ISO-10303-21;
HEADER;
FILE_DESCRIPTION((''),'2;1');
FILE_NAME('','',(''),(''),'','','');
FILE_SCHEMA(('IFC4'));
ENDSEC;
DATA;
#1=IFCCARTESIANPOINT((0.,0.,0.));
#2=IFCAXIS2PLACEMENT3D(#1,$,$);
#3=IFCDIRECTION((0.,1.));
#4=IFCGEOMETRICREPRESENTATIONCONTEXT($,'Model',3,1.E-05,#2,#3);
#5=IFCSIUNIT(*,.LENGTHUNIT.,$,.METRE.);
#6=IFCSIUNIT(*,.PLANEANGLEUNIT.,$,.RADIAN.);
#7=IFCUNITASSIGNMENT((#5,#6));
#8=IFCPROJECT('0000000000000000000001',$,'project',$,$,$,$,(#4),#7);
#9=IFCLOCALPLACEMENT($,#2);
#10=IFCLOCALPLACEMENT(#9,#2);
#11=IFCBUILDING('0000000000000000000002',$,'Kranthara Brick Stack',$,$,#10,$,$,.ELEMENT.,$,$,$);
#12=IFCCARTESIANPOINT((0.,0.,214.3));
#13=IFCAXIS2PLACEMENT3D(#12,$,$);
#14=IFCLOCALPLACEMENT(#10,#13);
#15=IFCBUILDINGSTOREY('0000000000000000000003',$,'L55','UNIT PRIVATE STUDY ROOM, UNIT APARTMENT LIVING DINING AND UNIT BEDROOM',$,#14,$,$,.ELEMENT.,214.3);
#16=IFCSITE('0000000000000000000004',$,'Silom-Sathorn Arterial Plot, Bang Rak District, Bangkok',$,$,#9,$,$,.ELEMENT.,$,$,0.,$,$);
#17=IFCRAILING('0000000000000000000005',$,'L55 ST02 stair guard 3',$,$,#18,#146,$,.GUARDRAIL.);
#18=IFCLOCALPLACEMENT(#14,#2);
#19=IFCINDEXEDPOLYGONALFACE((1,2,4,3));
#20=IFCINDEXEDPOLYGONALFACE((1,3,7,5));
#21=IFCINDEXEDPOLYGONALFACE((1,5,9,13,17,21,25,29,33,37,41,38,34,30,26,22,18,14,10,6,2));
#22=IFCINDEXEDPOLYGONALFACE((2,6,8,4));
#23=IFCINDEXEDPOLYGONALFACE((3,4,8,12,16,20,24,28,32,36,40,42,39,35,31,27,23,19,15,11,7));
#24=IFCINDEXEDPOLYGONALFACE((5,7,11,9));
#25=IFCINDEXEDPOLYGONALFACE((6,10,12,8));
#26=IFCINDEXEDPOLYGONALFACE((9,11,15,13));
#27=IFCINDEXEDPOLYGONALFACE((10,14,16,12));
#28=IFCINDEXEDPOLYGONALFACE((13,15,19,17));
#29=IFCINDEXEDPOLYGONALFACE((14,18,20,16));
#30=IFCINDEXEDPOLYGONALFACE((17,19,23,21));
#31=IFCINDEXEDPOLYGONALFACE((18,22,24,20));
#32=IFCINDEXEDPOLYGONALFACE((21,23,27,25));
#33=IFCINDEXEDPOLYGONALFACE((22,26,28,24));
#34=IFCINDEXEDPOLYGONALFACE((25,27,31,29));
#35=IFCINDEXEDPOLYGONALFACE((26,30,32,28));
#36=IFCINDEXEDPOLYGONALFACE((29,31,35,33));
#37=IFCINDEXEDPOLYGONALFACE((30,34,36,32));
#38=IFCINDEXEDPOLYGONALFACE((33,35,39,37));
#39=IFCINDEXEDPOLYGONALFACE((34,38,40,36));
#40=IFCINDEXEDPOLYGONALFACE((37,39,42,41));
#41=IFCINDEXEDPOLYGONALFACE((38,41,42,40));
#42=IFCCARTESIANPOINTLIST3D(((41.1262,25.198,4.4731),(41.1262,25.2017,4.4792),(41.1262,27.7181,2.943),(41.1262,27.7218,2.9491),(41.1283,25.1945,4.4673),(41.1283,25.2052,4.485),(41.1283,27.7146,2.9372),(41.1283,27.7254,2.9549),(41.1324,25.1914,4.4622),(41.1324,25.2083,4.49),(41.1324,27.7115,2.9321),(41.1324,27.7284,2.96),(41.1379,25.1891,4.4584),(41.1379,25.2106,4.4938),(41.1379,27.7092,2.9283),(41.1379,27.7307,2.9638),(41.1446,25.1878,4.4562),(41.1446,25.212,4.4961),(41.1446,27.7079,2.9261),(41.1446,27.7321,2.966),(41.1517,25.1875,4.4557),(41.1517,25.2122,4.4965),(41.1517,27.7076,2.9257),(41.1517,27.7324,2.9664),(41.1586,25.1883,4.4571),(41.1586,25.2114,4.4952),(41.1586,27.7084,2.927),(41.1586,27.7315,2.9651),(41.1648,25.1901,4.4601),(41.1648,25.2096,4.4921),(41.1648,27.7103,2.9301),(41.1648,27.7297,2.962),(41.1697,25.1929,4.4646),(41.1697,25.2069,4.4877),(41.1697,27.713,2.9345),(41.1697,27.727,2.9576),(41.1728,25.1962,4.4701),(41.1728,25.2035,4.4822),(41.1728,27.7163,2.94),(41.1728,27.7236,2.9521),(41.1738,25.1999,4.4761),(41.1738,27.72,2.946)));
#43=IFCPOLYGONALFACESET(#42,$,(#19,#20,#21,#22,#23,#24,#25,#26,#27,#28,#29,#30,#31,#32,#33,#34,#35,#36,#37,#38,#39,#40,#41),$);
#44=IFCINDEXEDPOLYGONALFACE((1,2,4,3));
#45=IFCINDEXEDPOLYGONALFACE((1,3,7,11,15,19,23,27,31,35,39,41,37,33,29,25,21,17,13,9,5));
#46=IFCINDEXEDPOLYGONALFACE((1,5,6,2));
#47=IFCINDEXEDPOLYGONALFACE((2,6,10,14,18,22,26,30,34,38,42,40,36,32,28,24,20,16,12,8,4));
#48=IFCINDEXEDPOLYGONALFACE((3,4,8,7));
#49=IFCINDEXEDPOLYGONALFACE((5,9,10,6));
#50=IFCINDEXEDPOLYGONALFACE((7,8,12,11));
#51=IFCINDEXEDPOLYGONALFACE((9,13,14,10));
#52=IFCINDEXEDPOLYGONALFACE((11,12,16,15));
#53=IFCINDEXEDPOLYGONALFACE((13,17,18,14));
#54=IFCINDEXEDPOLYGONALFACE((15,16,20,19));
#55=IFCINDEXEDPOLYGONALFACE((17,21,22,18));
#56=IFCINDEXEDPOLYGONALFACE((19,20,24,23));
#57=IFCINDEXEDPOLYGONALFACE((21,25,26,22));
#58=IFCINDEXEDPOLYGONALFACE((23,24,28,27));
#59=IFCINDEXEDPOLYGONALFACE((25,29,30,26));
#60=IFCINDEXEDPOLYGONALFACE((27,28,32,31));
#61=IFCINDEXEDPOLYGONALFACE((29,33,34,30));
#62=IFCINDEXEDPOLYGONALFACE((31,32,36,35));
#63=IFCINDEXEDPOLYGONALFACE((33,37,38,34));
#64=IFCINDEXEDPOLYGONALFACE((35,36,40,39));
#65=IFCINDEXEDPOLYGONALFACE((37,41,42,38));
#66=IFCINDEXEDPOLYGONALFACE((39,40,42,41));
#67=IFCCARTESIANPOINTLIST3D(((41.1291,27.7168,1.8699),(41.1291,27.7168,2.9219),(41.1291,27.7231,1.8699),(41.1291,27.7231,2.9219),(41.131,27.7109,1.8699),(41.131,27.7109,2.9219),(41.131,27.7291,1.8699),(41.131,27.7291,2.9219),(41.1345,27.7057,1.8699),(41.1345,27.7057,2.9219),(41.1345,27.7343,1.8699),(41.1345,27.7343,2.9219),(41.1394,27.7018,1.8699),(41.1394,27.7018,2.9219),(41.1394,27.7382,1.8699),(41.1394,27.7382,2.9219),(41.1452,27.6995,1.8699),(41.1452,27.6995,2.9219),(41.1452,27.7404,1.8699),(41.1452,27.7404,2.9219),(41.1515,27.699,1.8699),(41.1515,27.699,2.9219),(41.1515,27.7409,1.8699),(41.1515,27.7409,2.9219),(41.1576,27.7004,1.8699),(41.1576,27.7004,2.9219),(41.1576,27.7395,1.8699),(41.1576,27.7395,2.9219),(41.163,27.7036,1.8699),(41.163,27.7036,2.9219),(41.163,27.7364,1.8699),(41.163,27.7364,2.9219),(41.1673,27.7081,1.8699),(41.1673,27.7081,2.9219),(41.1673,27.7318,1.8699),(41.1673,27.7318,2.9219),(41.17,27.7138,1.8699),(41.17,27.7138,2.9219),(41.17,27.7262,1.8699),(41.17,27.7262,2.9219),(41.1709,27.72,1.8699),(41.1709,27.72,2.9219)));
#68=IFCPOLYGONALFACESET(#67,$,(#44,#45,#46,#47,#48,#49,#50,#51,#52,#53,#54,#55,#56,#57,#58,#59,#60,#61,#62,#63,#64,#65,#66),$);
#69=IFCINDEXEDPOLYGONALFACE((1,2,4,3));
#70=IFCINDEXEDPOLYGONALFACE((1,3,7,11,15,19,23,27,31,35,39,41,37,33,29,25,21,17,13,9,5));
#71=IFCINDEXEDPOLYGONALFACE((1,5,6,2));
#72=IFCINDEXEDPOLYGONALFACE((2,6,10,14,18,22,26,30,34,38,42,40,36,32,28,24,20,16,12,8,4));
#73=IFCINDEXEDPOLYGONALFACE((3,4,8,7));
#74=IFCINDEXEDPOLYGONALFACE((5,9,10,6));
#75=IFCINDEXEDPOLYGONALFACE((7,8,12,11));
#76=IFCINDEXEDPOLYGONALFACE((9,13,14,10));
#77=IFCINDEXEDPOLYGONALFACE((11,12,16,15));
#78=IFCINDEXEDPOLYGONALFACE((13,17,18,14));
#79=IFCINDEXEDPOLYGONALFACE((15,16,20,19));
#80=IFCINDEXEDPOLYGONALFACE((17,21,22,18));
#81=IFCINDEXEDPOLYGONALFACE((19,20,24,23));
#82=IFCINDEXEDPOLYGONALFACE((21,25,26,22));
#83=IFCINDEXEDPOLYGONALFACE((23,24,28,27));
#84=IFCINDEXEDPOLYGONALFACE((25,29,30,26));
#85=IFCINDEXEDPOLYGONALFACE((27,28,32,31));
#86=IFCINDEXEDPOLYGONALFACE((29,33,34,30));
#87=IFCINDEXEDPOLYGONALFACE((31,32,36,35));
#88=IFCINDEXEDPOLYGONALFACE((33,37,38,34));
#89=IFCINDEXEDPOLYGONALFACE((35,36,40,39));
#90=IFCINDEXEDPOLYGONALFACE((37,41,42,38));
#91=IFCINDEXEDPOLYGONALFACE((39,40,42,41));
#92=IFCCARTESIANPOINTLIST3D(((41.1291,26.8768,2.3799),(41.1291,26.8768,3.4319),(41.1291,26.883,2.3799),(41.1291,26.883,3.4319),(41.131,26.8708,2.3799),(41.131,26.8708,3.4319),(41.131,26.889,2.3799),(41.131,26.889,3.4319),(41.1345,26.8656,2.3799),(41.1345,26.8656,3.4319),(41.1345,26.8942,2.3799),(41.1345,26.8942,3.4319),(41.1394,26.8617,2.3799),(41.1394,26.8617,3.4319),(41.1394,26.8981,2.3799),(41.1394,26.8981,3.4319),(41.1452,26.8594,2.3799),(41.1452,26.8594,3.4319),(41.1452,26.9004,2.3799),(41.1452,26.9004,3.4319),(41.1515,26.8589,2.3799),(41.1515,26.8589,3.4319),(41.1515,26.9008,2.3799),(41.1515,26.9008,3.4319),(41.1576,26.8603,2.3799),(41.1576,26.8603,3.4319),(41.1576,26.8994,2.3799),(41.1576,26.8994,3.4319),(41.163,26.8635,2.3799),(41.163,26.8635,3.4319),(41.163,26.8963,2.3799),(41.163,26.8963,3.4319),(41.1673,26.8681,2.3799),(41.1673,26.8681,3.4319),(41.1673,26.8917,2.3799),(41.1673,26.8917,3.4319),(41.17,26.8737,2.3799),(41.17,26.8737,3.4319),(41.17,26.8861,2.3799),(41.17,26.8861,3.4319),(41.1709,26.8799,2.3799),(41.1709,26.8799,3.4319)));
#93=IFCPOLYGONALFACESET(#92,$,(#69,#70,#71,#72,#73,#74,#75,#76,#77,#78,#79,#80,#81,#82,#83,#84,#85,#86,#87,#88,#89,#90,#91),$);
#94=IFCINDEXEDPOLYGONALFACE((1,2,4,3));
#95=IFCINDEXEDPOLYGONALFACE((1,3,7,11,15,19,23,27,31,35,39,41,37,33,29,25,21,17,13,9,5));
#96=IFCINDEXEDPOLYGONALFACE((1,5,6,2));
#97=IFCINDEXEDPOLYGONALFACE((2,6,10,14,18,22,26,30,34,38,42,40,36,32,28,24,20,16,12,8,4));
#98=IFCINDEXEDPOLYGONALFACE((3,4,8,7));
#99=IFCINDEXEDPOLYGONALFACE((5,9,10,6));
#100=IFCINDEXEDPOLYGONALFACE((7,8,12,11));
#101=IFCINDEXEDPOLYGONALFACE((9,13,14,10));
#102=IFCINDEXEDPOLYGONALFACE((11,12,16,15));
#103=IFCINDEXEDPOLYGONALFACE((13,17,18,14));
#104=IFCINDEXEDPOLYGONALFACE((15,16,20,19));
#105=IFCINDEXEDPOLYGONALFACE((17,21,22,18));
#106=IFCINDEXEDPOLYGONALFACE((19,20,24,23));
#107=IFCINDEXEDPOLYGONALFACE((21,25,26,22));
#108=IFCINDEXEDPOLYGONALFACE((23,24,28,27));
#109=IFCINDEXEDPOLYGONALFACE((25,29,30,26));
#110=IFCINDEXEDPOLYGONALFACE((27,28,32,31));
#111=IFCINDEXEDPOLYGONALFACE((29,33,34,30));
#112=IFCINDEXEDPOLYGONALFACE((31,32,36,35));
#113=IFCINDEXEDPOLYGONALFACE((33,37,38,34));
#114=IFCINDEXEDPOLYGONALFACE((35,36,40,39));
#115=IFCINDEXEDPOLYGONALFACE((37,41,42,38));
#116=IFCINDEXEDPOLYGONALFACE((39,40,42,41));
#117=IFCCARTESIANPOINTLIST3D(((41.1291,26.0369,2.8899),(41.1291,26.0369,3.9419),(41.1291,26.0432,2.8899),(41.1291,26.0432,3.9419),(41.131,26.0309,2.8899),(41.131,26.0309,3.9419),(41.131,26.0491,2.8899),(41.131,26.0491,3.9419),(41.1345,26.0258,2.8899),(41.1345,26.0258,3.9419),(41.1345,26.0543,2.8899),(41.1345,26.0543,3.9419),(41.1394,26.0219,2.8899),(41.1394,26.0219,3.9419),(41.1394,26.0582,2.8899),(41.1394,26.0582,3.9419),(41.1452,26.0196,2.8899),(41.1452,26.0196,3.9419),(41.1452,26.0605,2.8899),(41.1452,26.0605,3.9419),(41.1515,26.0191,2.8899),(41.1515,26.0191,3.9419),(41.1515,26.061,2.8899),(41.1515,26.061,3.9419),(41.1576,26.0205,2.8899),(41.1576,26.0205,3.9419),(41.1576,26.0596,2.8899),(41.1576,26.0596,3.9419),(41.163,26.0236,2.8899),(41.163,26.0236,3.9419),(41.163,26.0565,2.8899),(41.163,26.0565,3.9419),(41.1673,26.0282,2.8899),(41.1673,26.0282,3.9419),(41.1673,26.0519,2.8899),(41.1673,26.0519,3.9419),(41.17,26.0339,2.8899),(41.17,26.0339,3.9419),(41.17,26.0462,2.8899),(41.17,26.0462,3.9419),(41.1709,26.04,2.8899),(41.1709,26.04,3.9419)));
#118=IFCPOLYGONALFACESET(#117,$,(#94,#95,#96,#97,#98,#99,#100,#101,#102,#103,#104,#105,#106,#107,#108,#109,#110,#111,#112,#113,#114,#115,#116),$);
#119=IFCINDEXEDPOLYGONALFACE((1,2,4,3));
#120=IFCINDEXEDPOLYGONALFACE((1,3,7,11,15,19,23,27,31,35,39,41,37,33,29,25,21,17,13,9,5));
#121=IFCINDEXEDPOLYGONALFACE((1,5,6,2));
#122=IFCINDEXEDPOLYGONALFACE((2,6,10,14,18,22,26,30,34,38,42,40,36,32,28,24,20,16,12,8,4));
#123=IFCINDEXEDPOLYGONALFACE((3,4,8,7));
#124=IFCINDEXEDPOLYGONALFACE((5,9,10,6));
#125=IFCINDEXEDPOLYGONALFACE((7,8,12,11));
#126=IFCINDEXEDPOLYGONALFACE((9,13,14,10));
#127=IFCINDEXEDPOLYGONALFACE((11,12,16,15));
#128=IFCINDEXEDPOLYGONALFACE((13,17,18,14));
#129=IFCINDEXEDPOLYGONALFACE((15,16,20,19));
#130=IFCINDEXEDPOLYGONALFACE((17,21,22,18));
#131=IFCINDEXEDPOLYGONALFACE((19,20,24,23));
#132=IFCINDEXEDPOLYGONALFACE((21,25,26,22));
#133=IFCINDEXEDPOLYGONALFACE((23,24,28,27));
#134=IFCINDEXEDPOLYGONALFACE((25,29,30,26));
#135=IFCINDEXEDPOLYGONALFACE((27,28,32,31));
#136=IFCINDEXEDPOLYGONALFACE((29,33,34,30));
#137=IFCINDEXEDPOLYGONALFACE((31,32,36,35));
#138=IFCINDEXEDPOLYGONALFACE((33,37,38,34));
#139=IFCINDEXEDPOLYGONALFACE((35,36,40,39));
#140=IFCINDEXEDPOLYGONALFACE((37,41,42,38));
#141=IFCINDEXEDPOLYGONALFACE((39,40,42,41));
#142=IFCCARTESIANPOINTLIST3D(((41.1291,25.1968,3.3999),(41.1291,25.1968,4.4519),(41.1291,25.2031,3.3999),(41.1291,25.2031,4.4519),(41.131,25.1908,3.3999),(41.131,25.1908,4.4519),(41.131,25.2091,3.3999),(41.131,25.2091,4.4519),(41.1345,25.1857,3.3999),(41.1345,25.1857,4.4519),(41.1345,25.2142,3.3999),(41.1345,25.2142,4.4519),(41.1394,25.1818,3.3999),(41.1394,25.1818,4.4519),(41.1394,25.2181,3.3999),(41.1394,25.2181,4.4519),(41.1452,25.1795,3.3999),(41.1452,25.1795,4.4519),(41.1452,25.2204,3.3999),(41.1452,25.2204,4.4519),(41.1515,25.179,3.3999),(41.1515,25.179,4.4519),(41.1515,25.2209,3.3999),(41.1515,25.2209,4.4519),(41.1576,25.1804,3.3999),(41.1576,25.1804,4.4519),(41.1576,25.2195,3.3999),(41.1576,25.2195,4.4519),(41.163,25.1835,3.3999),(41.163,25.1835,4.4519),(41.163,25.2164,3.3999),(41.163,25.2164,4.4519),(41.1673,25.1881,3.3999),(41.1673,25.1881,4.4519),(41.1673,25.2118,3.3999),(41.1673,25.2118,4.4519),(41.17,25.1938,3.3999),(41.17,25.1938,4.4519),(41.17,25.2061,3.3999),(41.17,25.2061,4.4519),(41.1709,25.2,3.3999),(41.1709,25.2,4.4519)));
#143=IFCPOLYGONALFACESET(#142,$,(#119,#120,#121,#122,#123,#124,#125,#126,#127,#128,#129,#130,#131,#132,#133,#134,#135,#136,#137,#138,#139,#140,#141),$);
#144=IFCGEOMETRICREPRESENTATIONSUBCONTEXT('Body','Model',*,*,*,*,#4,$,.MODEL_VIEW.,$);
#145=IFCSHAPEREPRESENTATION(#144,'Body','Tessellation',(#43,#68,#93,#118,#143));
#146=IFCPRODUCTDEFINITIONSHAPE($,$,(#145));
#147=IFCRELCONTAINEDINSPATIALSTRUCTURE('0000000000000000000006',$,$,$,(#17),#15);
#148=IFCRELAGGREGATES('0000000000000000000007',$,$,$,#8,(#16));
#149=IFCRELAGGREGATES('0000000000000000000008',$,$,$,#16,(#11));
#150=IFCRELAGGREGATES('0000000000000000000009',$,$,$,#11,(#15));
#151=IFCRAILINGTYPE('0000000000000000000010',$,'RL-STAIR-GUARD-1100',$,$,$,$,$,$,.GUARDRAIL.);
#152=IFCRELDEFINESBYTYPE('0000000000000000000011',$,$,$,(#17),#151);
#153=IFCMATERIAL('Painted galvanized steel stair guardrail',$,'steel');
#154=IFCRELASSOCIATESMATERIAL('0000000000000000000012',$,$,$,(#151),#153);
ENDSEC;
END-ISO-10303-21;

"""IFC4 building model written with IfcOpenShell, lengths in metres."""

from ifc_helpers import new_model, si_unit, direction, frame, origin, origin_2d, place, context, subcontext, project, spatial, circle, extrude, material, type_object, element, save


model = new_model("IFC4")

# Units and contexts
model_context = context("Model", 3, precision=1e-05, world=origin(), true_north=direction((0.0, 1.0)))
body_context = subcontext(model_context, "Body", "Model", "MODEL_VIEW")
ifc_project = project(units=[si_unit("LENGTHUNIT", "METRE"), si_unit("PLANEANGLEUNIT", "RADIAN")], contexts=[model_context])

# Site, building, storey
site_placement = place(None, origin())
site = spatial("IfcSite", under=ifc_project, at=site_placement, Name="Silom-Sathorn Arterial Plot, Bang Rak District, Bangkok", CompositionType="ELEMENT", RefElevation=0.0)
building_placement = place(site_placement, origin())
building = spatial("IfcBuilding", under=site, at=building_placement, Name="Kranthara Brick Stack", CompositionType="ELEMENT")
storey_placement = place(building_placement, frame((0.0, 0.0, 214.3)))
storey = spatial("IfcBuildingStorey", under=building, at=storey_placement, Name="L55", Description="UNIT PRIVATE STUDY ROOM, UNIT APARTMENT LIVING DINING AND UNIT BEDROOM", CompositionType="ELEMENT", Elevation=214.3)

# Railing
ifc_material_1 = material(Name="Painted galvanized steel stair guardrail", Category="steel")
railing_type_1 = type_object("IfcRailingType", Name="RL-STAIR-GUARD-1100", PredefinedType="GUARDRAIL", material=ifc_material_1)
railing_1_placement = place(storey_placement, frame((41.1499, 27.72, 1.8699)))
element("IfcRailing", 1, at=railing_1_placement, inside=storey, type_object=railing_type_1, Name="L55 ST02 stair guard 3", PredefinedType="GUARDRAIL", context=body_context, shape_type="SweptSolid", body=[
    extrude(circle(Radius=0.0239, at=origin_2d()), frame((0.0, 0.0, 1.0762), z_axis=(0.0, -0.854785, 0.518982), x_axis=(1.0, 0.0, 0.0)), (0.0, 0.0, 1.0), 2.9482),
    extrude(circle(Radius=0.021, at=origin_2d()), origin(), (0.0, 0.0, 1.0), 1.052),
    extrude(circle(Radius=0.021, at=origin_2d()), frame((0.0, -0.8401, 0.51)), (0.0, 0.0, 1.0), 1.052),
    extrude(circle(Radius=0.021, at=origin_2d()), frame((0.0, -1.6799, 1.02)), (0.0, 0.0, 1.0), 1.052),
    extrude(circle(Radius=0.021, at=origin_2d()), frame((0.0, -2.52, 1.53)), (0.0, 0.0, 1.0), 1.052),
])

save(model, "model.ifc")
